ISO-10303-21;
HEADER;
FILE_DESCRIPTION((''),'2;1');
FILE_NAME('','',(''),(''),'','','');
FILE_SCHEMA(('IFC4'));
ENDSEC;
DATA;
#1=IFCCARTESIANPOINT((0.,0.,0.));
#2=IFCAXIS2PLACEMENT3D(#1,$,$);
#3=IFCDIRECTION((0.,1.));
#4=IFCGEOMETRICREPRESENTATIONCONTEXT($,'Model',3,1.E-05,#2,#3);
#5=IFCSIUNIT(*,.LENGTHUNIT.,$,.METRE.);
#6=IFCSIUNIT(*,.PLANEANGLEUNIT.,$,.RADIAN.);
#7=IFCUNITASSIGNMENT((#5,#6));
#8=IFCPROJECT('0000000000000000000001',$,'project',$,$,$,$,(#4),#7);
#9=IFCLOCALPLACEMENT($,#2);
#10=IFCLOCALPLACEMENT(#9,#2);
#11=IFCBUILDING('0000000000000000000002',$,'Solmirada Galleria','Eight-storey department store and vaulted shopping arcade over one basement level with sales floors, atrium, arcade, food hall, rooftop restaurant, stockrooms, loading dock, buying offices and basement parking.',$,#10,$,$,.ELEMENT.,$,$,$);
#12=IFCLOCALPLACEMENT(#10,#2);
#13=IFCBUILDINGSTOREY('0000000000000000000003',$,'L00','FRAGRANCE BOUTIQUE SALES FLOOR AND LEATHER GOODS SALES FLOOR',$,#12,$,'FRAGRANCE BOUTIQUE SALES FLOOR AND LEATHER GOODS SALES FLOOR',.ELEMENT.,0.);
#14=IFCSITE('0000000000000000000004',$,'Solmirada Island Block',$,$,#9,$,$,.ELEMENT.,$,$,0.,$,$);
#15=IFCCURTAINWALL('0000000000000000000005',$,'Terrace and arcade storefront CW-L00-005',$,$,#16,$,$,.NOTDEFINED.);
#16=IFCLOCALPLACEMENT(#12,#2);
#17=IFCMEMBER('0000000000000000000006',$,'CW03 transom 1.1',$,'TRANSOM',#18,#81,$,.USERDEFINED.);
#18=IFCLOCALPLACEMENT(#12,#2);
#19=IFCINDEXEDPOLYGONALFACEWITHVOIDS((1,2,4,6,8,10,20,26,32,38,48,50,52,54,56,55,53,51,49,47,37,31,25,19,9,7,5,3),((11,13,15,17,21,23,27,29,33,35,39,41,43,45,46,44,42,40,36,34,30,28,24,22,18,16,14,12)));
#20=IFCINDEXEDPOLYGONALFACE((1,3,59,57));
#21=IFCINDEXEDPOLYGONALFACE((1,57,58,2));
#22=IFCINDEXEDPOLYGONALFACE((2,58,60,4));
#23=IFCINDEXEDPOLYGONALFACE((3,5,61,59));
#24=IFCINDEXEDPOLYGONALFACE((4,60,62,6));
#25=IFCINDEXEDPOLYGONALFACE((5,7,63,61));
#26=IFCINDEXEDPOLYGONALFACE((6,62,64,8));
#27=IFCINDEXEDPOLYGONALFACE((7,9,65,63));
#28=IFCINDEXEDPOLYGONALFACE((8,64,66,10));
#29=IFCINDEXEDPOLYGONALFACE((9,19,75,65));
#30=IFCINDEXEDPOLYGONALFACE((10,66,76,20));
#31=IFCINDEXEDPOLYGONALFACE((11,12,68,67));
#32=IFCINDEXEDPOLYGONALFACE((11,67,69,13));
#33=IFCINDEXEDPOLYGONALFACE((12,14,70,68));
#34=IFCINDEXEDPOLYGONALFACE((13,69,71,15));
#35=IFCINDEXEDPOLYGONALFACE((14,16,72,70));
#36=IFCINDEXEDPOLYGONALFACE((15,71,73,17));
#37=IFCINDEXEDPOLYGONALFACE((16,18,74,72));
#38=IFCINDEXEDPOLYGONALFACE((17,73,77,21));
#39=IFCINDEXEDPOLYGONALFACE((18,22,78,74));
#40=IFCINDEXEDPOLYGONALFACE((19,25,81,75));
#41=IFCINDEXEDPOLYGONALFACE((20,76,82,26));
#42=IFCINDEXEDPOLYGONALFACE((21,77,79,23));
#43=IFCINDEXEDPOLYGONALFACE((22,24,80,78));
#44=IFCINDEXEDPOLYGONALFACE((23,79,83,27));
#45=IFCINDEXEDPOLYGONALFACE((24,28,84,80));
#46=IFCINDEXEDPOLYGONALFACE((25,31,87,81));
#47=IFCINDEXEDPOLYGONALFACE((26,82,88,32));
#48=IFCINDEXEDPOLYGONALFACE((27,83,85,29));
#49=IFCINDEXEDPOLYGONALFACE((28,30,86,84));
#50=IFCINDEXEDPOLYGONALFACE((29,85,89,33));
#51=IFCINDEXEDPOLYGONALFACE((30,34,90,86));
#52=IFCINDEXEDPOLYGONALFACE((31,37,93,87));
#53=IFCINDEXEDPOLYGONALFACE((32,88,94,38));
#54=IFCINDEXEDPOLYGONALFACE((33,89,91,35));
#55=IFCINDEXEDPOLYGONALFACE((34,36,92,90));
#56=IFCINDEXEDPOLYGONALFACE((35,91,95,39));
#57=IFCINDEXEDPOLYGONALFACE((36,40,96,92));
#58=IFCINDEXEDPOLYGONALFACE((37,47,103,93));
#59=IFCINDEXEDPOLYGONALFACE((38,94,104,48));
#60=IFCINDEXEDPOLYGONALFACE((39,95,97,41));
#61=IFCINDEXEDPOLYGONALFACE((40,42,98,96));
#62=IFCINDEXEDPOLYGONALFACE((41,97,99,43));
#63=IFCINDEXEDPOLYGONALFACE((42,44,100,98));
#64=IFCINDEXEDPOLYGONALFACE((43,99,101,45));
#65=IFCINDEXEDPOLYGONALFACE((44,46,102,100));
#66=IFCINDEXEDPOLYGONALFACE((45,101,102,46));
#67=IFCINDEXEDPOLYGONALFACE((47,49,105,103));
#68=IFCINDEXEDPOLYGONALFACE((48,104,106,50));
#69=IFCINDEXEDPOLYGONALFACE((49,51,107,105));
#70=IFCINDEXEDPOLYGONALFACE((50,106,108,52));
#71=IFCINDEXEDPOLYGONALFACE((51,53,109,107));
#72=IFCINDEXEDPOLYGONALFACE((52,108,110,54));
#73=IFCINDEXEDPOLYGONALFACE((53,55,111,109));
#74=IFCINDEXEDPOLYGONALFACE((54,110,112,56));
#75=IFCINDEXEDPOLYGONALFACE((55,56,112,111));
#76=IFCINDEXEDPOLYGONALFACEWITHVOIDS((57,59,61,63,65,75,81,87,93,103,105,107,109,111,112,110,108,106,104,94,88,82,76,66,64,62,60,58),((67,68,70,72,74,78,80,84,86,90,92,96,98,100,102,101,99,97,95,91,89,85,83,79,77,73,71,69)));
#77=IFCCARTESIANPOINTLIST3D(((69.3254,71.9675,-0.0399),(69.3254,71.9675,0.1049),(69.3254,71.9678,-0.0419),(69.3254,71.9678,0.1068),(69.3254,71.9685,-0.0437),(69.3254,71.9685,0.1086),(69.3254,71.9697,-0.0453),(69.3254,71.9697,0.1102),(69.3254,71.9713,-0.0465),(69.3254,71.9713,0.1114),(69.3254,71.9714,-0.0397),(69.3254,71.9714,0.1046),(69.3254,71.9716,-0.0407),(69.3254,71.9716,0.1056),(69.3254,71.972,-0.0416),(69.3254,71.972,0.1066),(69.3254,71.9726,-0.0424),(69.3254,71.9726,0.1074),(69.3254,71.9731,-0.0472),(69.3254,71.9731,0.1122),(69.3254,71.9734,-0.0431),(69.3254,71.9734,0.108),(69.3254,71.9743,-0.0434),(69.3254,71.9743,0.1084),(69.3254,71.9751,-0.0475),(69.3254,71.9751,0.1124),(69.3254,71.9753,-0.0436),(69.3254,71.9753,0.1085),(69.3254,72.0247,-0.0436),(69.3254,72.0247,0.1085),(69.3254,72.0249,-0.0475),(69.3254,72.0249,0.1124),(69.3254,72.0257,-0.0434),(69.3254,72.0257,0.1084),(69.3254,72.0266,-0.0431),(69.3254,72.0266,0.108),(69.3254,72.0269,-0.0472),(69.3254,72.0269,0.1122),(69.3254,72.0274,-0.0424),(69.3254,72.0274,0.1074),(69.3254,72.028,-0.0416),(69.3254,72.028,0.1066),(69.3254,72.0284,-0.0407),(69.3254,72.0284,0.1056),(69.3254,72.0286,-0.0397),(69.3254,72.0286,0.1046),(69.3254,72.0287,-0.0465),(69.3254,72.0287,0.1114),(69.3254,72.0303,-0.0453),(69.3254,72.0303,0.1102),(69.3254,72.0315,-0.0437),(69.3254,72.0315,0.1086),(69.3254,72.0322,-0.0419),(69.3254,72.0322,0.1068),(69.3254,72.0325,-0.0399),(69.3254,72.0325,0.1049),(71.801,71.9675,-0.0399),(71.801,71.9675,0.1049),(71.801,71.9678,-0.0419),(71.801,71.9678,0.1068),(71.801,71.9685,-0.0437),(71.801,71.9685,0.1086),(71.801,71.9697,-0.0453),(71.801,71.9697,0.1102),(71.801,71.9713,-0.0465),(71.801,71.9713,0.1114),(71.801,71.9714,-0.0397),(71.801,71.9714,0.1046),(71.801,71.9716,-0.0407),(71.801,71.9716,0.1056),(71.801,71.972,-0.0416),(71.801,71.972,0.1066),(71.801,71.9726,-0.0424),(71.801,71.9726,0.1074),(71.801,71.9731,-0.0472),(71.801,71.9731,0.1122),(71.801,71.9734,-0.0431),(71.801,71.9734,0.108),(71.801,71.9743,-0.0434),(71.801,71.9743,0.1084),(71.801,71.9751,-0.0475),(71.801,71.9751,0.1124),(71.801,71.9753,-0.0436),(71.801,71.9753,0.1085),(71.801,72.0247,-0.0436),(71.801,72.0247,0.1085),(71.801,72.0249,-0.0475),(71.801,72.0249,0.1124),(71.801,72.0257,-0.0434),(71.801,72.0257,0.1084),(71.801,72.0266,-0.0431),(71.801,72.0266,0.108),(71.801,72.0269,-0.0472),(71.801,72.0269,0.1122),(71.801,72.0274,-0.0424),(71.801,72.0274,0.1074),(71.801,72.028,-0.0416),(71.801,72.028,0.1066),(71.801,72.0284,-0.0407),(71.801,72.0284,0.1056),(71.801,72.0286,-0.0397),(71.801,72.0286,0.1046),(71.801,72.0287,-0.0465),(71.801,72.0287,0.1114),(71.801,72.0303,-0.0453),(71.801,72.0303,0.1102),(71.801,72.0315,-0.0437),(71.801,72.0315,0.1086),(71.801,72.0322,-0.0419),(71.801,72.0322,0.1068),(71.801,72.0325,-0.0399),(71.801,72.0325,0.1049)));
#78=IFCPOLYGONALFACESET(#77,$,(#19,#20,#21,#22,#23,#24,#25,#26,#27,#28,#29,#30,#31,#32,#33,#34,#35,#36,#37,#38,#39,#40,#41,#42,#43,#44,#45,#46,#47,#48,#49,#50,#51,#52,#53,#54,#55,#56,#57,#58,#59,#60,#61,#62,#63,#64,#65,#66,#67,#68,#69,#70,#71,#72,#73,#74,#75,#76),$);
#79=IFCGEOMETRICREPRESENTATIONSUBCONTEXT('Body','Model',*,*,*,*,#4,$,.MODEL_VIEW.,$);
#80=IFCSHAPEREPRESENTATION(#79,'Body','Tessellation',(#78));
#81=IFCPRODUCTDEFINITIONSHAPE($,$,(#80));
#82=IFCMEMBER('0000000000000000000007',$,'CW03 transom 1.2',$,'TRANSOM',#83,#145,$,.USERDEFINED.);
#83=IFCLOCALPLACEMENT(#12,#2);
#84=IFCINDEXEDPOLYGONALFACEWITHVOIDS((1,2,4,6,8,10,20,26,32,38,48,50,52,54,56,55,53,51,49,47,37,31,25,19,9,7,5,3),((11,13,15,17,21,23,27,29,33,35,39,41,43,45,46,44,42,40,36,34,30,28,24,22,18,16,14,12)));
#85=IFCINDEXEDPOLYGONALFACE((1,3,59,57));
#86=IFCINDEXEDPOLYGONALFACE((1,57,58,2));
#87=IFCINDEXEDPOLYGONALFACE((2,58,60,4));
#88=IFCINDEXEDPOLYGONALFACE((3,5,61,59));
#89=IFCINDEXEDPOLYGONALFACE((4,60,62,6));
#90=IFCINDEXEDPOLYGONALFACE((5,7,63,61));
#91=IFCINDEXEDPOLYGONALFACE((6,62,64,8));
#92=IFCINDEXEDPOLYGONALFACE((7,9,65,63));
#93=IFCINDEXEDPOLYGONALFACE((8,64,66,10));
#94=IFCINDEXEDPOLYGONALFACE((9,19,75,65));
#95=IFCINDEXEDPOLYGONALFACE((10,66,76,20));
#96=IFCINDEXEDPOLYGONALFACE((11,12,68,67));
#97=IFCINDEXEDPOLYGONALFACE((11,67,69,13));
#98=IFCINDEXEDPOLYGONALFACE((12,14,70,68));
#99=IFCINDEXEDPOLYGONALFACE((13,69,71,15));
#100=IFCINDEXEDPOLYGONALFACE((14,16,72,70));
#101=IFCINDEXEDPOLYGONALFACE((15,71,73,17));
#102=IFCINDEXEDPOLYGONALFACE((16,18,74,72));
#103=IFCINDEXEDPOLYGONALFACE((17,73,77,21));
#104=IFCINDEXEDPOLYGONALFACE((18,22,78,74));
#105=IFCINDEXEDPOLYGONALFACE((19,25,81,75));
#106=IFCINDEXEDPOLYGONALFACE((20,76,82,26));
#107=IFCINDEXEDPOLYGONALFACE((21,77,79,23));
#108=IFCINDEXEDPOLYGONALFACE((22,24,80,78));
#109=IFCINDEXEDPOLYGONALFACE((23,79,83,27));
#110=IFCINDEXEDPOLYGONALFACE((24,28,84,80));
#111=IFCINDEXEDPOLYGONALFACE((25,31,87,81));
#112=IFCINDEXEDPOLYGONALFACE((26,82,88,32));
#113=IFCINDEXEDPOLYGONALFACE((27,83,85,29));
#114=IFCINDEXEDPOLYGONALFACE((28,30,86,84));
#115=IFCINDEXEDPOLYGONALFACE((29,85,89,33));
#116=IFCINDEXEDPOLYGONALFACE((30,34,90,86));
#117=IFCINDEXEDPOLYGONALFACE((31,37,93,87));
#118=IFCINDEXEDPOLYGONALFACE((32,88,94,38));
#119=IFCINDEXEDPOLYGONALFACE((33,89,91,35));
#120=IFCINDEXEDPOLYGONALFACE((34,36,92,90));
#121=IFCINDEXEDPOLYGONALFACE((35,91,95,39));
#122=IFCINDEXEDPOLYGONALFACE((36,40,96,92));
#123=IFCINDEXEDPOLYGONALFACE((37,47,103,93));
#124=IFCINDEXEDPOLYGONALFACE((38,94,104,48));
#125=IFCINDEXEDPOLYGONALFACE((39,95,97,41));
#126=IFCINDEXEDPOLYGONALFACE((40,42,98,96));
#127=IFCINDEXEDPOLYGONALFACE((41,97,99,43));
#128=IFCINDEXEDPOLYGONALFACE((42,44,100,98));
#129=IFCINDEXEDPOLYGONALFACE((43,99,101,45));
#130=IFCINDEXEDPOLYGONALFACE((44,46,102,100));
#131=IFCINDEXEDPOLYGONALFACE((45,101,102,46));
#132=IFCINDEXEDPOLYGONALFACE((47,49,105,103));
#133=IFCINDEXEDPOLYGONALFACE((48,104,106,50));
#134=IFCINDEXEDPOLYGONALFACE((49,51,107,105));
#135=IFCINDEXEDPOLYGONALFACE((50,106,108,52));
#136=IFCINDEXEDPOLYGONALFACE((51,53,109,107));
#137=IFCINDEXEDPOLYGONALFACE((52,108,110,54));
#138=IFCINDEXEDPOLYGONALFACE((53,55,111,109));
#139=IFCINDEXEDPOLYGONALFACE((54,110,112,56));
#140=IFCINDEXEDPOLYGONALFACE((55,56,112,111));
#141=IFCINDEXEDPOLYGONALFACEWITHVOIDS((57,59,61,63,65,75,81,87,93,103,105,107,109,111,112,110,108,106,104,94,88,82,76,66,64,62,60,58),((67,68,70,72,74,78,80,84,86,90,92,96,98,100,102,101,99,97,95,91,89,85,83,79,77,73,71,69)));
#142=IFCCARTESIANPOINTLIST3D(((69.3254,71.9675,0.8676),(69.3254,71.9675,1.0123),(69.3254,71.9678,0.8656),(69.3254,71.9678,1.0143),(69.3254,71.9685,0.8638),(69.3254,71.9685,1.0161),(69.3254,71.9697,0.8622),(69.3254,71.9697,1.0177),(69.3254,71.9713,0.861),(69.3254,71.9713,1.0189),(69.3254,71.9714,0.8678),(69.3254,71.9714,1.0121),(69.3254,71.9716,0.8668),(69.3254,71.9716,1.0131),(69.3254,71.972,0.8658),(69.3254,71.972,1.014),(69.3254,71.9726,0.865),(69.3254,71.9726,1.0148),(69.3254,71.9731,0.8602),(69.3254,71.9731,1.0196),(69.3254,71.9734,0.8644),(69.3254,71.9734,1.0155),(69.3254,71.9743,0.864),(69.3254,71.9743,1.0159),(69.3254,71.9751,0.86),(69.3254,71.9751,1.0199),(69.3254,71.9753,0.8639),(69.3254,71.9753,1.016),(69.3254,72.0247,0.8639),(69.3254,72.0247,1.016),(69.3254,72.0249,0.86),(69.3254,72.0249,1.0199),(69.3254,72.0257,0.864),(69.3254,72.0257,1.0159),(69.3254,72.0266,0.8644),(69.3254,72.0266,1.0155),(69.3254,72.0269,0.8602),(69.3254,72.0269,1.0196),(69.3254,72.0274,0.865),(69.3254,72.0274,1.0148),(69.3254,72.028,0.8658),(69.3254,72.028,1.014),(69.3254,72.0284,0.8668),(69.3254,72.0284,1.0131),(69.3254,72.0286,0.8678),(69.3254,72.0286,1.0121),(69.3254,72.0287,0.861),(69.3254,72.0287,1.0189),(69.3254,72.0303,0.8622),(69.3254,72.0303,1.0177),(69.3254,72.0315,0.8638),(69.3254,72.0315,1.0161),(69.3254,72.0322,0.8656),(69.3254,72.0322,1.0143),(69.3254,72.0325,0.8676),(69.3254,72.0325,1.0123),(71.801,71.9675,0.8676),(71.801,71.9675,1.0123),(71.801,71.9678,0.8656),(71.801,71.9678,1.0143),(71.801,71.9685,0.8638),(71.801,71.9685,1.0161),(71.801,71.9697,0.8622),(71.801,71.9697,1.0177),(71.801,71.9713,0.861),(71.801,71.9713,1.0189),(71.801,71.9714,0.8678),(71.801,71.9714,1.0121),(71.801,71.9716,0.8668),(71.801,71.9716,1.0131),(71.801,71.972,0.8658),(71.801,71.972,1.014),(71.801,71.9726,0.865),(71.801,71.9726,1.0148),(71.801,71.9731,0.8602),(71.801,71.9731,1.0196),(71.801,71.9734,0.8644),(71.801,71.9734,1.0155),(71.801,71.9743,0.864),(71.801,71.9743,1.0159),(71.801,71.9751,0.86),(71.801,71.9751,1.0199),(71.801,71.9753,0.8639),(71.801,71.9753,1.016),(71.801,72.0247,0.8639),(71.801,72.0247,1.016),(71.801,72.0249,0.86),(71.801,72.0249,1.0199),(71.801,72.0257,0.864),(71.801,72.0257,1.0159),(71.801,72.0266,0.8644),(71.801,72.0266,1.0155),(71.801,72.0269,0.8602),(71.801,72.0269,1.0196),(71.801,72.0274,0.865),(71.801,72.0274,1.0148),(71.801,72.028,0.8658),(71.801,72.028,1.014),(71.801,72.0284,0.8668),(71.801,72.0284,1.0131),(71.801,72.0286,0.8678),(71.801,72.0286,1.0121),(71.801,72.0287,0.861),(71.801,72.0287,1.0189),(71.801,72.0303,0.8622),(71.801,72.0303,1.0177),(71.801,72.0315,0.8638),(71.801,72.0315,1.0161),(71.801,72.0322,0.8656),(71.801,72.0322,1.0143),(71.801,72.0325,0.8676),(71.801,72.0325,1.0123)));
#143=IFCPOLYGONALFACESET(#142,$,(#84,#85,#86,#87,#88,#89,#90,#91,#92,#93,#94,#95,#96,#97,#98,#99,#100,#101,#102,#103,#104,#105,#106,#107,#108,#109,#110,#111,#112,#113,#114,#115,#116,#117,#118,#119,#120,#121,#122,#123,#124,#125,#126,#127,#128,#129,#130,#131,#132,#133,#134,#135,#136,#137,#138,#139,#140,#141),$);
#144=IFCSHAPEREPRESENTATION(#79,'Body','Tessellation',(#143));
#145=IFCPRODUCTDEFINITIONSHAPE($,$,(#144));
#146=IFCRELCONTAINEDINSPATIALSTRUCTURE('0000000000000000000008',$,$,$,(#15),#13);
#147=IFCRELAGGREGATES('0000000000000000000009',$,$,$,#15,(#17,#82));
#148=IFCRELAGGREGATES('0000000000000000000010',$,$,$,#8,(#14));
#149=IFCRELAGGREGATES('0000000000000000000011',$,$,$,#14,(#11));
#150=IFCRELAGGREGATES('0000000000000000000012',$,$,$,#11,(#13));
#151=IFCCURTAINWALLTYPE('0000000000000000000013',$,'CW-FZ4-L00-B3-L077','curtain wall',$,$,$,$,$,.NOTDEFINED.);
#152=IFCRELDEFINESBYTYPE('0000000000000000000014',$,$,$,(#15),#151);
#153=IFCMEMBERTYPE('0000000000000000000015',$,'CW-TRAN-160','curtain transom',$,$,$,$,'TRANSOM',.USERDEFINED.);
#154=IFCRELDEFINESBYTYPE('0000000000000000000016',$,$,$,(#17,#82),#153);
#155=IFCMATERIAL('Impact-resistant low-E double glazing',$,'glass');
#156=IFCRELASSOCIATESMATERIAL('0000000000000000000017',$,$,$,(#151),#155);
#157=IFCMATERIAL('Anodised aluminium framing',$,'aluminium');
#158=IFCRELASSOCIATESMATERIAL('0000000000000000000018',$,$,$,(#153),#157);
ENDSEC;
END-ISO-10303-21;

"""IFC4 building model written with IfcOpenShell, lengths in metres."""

from ifc_helpers import new_model, si_unit, direction, frame, origin, origin_2d, place, context, subcontext, project, spatial, hollow_rectangle, extrude, material, material_profile, profile_set, type_object, element, aggregate, save


model = new_model("IFC4")

# Units and contexts
model_context = context("Model", 3, precision=1e-05, world=origin(), true_north=direction((0.0, 1.0)))
body_context = subcontext(model_context, "Body", "Model", "MODEL_VIEW")
ifc_project = project(units=[si_unit("LENGTHUNIT", "METRE"), si_unit("PLANEANGLEUNIT", "RADIAN")], contexts=[model_context])

# Site, building, storey
site_placement = place(None, origin())
site = spatial("IfcSite", under=ifc_project, at=site_placement, Name="Solmirada Island Block", CompositionType="ELEMENT", RefElevation=0.0)
building_placement = place(site_placement, origin())
building = spatial("IfcBuilding", under=site, at=building_placement, Name="Solmirada Galleria", Description="Eight-storey department store and vaulted shopping arcade over one basement level with sales floors, atrium, arcade, food hall, rooftop restaurant, stockrooms, loading dock, buying offices and basement parking.", CompositionType="ELEMENT")
storey_placement = place(building_placement, origin())
storey = spatial("IfcBuildingStorey", under=building, at=storey_placement, Name="L00", Description="FRAGRANCE BOUTIQUE SALES FLOOR AND LEATHER GOODS SALES FLOOR", LongName="FRAGRANCE BOUTIQUE SALES FLOOR AND LEATHER GOODS SALES FLOOR", CompositionType="ELEMENT", Elevation=0.0)

# Shared definitions
ifc_material_1 = material(Name="Impact-resistant low-E double glazing", Category="glass")
ifc_material_2 = material(Name="Anodised aluminium framing", Category="aluminium")

# Curtain wall
curtain_wall_type_1 = type_object("IfcCurtainWallType", Name="CW-FZ4-L00-B3-L077", Description="curtain wall", PredefinedType="NOTDEFINED", material=ifc_material_1)
curtain_wall_1_placement = place(storey_placement, origin())
curtain_wall_1 = element("IfcCurtainWall", 1, at=curtain_wall_1_placement, inside=storey, type_object=curtain_wall_type_1, Name="Terrace and arcade storefront CW-L00-005", PredefinedType="NOTDEFINED")

# Members
ifc_material_profile_1 = material_profile(ifc_material_2, hollow_rectangle(XDim=0.0649, YDim=0.1599, WallThickness=0.0039, InnerFilletRadius=0.0039, OuterFilletRadius=0.0076, at=origin_2d()), Name="ALU-TRAN-160X65")
ifc_profile_set_1 = profile_set([ifc_material_profile_1], Name="Anodised aluminium framing")
member_type_1 = type_object("IfcMemberType", Name="CW-TRAN-160", Description="curtain transom", ElementType="TRANSOM", PredefinedType="USERDEFINED", material=ifc_profile_set_1)
member_1_placement = place(storey_placement, frame((71.801, 72.0, 0.0325), z_axis=(-1.0, 0.0, 0.0), x_axis=(0.0, -1.0, 0.0)))
member_1 = element("IfcMember", 2, at=member_1_placement, type_object=member_type_1, Name="CW03 transom 1.1", ObjectType="TRANSOM", PredefinedType="USERDEFINED", context=body_context, shape_type="SweptSolid", body=[
    extrude(hollow_rectangle(XDim=0.0649, YDim=0.1599, WallThickness=0.0039, InnerFilletRadius=0.0039, OuterFilletRadius=0.0076, at=origin_2d()), origin(), (0.0, 0.0, 1.0), 2.4756),
])
member_2_placement = place(storey_placement, frame((71.801, 72.0, 0.9399), z_axis=(-1.0, 0.0, 0.0), x_axis=(0.0, -1.0, 0.0)))
member_2 = element("IfcMember", 3, at=member_2_placement, type_object=member_type_1, Name="CW03 transom 1.2", ObjectType="TRANSOM", PredefinedType="USERDEFINED", context=body_context, shape_type="SweptSolid", body=[
    extrude(hollow_rectangle(XDim=0.0649, YDim=0.1599, WallThickness=0.0039, InnerFilletRadius=0.0039, OuterFilletRadius=0.0076, at=origin_2d()), origin(), (0.0, 0.0, 1.0), 2.4756),
])

aggregate(curtain_wall_1, [member_1, member_2])

save(model, "model.ifc")
